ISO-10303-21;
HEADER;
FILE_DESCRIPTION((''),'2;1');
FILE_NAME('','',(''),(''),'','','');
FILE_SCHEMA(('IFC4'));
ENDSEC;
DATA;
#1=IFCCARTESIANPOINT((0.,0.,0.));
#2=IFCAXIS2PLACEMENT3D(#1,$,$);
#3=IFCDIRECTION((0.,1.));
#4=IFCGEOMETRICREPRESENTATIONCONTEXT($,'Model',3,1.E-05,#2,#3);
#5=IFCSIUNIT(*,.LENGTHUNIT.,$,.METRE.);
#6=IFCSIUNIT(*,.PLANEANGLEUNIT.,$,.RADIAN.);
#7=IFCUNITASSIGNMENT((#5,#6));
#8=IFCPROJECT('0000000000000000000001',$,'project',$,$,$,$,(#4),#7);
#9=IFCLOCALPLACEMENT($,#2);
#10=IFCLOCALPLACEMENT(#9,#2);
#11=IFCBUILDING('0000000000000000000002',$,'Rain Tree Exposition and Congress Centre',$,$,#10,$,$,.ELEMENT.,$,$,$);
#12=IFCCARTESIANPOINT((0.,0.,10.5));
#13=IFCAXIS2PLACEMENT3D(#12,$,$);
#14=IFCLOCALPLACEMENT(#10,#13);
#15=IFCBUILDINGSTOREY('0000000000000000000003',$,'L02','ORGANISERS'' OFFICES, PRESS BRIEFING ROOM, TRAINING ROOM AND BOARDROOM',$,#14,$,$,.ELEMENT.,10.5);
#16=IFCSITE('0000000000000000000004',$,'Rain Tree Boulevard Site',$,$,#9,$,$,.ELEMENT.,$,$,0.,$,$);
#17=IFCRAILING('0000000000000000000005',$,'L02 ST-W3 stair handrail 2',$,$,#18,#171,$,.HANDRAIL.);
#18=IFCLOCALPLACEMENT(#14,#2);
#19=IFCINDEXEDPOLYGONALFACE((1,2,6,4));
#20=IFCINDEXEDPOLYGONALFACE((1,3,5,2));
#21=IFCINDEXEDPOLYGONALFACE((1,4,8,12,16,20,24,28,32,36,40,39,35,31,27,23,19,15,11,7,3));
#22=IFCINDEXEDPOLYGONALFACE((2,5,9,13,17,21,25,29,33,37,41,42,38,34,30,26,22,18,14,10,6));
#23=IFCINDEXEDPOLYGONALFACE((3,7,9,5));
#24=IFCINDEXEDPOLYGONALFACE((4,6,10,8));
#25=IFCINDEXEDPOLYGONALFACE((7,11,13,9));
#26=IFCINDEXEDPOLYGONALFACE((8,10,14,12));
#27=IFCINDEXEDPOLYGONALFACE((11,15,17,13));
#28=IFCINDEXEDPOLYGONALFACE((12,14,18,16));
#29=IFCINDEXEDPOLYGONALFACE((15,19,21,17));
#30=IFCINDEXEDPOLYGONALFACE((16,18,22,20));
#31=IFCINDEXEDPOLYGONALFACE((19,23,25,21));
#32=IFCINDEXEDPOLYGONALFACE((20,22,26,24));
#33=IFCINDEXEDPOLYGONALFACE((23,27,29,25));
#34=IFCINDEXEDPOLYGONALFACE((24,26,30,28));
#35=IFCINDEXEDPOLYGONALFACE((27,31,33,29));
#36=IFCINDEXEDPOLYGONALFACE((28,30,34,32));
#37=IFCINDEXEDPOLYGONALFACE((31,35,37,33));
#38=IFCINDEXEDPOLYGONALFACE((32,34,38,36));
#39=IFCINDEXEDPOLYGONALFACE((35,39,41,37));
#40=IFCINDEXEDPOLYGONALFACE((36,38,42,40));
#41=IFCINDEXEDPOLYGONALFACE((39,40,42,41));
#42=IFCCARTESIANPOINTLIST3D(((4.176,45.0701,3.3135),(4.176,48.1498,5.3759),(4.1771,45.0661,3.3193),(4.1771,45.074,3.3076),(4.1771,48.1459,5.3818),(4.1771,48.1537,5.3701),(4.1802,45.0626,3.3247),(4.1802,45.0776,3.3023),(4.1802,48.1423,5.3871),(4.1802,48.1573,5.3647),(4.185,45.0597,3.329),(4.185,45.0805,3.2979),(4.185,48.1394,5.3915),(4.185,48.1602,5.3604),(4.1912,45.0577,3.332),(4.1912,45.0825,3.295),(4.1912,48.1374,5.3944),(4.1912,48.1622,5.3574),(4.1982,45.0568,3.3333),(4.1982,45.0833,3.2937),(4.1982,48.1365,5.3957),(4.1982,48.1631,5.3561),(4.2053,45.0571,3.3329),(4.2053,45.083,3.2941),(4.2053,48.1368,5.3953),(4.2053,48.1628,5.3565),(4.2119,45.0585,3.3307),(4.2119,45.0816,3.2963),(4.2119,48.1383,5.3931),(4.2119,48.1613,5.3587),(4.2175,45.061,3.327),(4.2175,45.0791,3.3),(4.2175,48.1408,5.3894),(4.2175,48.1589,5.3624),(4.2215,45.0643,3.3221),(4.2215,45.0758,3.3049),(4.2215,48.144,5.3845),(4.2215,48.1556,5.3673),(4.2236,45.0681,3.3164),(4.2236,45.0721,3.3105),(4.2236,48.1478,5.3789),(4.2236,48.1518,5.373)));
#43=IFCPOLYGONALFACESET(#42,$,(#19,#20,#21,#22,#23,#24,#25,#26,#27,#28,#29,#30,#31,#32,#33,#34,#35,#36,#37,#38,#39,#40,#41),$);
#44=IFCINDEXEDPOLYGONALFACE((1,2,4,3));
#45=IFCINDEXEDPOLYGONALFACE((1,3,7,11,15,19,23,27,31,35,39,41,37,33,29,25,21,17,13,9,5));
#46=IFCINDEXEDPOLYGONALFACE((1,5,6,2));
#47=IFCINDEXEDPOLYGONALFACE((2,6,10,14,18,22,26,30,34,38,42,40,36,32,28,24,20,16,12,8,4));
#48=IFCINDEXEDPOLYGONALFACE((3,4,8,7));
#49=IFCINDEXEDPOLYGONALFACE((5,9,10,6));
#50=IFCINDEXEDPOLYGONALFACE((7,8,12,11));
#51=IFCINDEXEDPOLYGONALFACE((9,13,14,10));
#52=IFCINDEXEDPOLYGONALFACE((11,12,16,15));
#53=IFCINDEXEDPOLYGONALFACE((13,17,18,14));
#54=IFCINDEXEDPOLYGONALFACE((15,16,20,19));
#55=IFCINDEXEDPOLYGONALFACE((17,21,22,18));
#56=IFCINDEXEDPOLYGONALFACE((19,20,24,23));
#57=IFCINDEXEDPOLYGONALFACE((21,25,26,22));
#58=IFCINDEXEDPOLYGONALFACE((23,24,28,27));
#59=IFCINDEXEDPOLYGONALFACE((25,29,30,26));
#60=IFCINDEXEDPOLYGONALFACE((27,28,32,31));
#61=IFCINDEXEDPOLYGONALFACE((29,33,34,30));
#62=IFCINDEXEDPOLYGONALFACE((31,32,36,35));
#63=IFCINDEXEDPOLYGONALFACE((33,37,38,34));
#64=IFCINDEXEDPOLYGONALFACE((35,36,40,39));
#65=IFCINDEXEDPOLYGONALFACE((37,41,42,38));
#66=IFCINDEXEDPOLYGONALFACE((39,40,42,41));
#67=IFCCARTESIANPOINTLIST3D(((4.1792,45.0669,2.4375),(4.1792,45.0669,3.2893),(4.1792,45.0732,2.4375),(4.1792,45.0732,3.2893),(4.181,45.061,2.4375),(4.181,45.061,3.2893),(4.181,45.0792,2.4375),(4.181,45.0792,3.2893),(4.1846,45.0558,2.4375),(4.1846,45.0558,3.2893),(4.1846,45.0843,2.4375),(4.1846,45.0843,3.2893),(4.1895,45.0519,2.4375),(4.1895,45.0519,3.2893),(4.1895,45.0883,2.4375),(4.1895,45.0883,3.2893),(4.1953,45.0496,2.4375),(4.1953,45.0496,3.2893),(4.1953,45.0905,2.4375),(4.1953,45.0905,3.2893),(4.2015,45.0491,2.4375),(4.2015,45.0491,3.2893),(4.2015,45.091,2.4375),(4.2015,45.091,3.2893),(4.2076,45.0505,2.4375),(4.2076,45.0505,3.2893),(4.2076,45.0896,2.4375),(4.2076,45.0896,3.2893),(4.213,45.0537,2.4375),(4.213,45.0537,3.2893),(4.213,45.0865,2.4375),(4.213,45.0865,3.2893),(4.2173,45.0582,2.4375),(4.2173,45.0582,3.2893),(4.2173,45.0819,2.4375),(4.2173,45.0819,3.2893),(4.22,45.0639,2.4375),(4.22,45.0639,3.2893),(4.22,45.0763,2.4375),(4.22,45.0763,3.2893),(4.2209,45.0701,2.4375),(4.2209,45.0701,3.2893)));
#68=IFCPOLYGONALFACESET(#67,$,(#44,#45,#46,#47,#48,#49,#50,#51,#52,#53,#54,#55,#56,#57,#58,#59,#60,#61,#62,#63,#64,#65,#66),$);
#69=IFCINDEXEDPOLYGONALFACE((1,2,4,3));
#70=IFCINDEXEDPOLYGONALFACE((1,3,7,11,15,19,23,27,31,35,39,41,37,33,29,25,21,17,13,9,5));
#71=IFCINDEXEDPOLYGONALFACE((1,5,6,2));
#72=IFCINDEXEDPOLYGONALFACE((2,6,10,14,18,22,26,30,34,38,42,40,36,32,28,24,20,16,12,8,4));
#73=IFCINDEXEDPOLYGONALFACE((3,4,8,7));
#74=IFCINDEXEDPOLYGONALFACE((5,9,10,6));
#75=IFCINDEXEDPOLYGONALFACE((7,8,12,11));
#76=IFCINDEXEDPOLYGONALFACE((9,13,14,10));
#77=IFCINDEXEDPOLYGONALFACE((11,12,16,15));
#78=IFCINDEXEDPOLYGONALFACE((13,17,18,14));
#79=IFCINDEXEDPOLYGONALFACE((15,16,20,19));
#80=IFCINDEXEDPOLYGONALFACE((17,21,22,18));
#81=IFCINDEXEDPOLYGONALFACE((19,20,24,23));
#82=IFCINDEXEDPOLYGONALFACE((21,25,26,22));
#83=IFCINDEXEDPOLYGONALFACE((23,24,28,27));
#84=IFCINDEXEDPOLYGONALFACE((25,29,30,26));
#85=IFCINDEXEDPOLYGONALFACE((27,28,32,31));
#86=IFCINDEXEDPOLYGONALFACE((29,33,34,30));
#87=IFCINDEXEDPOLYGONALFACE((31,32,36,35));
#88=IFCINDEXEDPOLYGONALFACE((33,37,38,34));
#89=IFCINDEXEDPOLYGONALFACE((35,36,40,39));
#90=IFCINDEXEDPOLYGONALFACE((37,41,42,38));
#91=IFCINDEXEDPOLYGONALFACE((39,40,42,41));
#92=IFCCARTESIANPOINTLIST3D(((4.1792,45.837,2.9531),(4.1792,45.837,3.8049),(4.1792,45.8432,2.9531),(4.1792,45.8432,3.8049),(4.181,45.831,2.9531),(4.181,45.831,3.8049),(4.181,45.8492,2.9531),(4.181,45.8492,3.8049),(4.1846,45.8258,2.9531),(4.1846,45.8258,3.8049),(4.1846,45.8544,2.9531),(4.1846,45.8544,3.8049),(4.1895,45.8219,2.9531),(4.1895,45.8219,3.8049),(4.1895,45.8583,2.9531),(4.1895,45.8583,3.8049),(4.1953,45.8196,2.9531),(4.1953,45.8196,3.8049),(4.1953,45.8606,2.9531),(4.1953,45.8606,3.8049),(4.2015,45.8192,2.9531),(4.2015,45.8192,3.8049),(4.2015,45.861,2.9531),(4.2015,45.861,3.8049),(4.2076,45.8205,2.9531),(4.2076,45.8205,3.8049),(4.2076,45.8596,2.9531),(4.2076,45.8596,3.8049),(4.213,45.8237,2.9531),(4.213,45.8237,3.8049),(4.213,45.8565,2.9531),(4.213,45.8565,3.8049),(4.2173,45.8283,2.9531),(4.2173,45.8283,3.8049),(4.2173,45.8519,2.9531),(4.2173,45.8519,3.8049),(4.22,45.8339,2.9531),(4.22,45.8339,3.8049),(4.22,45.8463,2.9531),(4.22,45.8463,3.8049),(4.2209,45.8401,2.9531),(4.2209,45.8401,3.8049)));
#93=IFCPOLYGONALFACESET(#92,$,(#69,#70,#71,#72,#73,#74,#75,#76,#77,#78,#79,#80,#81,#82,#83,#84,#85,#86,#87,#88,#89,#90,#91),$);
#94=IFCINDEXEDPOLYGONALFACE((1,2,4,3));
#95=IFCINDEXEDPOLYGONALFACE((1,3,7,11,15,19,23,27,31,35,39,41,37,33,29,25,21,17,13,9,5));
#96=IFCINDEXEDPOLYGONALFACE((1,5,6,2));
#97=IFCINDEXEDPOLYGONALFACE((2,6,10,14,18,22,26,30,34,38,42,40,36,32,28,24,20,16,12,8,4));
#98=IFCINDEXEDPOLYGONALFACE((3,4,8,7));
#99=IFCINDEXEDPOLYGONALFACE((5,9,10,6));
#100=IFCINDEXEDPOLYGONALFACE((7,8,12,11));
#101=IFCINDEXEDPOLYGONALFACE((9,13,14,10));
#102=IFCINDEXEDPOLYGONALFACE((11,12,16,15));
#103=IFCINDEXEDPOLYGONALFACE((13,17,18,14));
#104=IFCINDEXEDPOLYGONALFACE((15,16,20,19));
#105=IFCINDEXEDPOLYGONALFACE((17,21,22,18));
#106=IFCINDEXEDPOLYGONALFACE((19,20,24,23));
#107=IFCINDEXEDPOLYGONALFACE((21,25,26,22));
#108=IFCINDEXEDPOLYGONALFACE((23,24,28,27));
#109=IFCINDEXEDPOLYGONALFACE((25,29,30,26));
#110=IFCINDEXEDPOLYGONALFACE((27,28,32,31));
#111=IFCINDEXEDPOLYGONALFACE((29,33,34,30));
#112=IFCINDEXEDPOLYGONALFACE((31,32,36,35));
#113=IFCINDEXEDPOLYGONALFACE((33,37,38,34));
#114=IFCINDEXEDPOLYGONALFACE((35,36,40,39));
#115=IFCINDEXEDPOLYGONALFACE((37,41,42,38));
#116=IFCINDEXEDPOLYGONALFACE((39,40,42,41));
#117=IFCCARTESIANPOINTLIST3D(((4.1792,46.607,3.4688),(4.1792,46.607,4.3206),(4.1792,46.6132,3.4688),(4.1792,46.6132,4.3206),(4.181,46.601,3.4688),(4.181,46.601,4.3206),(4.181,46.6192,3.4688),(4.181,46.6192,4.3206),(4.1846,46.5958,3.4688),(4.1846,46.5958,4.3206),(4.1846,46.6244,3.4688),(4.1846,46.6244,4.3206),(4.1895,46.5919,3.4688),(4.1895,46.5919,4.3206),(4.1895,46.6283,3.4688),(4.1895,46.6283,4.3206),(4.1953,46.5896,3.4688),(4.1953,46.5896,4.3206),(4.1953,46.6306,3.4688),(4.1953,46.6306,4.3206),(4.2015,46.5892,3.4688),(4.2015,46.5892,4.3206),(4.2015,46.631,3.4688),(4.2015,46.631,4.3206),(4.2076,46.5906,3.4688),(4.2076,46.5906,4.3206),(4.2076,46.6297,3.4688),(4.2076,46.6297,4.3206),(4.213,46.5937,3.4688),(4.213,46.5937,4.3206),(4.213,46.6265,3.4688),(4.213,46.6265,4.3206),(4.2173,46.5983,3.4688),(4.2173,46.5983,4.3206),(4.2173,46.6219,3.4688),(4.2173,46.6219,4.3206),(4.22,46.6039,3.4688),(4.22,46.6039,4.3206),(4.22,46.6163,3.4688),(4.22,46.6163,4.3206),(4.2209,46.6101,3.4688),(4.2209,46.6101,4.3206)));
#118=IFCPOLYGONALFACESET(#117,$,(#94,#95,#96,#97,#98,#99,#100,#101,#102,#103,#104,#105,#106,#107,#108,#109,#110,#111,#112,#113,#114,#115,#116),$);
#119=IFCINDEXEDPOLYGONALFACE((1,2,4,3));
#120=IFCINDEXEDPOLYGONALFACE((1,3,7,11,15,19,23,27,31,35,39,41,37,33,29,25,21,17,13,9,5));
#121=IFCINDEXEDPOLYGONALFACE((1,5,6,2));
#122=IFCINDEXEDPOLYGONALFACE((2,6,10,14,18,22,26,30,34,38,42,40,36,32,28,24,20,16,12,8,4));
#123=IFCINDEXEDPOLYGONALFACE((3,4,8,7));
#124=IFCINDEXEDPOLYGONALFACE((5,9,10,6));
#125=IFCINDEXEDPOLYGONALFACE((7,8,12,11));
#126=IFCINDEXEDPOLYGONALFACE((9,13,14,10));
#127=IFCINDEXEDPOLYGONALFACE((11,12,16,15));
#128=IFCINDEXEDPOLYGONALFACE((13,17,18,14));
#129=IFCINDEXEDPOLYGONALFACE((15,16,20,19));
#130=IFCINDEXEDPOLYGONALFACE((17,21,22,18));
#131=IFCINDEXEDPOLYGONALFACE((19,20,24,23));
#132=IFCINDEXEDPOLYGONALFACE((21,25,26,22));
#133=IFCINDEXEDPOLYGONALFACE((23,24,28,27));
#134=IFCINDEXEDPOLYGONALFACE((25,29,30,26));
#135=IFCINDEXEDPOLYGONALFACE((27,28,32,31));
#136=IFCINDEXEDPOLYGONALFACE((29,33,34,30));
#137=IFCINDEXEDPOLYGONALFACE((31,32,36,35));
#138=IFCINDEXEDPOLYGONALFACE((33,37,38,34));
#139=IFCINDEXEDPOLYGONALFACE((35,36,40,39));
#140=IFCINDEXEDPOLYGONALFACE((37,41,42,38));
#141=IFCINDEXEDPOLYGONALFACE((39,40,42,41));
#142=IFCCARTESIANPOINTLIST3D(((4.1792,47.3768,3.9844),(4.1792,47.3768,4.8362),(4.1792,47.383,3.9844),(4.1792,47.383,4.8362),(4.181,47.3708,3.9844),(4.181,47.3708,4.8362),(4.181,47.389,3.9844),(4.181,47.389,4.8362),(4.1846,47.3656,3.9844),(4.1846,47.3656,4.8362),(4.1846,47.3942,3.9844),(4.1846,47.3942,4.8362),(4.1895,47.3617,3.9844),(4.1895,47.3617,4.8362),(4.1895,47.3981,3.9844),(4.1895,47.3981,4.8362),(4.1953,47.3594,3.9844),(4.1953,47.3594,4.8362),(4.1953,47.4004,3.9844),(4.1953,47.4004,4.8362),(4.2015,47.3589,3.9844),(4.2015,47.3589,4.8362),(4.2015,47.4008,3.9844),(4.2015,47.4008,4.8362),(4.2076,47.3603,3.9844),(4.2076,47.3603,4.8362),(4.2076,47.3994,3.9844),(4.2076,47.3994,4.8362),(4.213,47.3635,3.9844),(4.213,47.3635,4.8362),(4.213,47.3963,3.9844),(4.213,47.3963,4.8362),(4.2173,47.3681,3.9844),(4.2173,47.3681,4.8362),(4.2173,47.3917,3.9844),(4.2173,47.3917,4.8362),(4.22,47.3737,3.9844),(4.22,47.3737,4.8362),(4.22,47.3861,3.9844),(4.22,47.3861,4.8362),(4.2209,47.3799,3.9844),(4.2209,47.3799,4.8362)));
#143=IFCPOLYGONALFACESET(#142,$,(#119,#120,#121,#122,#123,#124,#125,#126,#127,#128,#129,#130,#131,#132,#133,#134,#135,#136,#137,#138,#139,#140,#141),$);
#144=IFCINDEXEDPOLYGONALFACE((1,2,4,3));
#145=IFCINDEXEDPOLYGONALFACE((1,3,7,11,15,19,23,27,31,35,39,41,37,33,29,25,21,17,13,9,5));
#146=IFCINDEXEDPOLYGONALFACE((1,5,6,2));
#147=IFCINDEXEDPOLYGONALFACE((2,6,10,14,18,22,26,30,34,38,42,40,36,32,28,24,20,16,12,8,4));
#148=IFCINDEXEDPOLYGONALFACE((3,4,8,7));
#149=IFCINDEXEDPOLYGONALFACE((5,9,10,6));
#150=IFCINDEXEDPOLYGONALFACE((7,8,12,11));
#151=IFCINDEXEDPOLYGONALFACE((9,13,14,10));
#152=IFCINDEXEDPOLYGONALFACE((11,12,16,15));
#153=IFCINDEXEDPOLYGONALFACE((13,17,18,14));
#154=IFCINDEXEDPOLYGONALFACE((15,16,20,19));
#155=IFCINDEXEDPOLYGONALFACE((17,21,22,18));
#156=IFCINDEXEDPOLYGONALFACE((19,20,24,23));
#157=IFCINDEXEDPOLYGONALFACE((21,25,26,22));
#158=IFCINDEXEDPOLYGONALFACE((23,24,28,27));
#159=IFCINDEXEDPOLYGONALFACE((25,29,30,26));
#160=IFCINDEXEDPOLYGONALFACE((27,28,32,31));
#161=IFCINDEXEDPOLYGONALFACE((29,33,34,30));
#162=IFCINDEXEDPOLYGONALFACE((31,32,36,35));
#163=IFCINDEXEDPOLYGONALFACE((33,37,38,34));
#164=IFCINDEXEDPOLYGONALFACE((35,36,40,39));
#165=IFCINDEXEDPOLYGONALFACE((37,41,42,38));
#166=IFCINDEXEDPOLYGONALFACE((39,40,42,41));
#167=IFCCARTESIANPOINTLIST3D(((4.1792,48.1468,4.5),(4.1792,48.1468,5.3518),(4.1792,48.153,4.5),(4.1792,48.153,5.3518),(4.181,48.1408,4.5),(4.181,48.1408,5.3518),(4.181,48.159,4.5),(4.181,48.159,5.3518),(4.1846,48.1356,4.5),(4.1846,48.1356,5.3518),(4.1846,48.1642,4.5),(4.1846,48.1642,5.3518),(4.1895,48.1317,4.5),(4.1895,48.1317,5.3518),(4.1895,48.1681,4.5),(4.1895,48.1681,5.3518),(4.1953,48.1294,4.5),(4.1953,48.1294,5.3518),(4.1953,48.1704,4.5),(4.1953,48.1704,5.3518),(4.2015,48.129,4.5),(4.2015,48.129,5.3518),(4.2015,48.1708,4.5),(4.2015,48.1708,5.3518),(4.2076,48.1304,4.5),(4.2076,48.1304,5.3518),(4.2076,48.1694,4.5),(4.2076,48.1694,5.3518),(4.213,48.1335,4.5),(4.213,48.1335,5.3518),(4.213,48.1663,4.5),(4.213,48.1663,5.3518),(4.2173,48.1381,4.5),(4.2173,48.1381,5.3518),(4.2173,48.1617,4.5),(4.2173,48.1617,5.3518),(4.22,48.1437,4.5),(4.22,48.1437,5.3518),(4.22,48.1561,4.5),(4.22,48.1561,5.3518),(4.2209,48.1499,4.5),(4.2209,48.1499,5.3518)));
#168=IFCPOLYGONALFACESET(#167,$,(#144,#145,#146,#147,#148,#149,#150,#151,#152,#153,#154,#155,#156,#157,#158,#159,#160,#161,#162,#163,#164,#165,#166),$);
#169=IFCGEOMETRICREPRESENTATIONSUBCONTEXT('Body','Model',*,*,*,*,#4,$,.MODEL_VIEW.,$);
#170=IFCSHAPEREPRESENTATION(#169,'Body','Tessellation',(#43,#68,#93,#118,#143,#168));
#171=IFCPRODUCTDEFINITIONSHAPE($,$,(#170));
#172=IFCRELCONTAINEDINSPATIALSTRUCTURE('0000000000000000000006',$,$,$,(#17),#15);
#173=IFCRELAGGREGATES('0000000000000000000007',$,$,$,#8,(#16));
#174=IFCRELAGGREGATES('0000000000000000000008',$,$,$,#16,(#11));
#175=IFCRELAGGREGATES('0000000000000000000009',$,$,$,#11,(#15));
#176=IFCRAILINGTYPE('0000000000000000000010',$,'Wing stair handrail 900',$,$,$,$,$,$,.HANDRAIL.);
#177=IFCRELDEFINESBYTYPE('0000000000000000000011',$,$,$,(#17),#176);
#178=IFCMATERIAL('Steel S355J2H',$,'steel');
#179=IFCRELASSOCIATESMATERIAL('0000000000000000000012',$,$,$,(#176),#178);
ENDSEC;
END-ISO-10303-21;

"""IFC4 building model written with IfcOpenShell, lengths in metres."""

from ifc_helpers import new_model, si_unit, direction, frame, origin, origin_2d, place, context, subcontext, project, spatial, circle, extrude, material, type_object, element, save


model = new_model("IFC4")

# Units and contexts
model_context = context("Model", 3, precision=1e-05, world=origin(), true_north=direction((0.0, 1.0)))
body_context = subcontext(model_context, "Body", "Model", "MODEL_VIEW")
ifc_project = project(units=[si_unit("LENGTHUNIT", "METRE"), si_unit("PLANEANGLEUNIT", "RADIAN")], contexts=[model_context])

# Site, building, storey
site_placement = place(None, origin())
site = spatial("IfcSite", under=ifc_project, at=site_placement, Name="Rain Tree Boulevard Site", CompositionType="ELEMENT", RefElevation=0.0)
building_placement = place(site_placement, origin())
building = spatial("IfcBuilding", under=site, at=building_placement, Name="Rain Tree Exposition and Congress Centre", CompositionType="ELEMENT")
storey_placement = place(building_placement, frame((0.0, 0.0, 10.5)))
storey = spatial("IfcBuildingStorey", under=building, at=storey_placement, Name="L02", Description="ORGANISERS' OFFICES, PRESS BRIEFING ROOM, TRAINING ROOM AND BOARDROOM", CompositionType="ELEMENT", Elevation=10.5)

# Railing
ifc_material_1 = material(Name="Steel S355J2H", Category="steel")
railing_type = type_object("IfcRailingType", Name="Wing stair handrail 900", PredefinedType="HANDRAIL", material=ifc_material_1)
railing_placement = place(storey_placement, frame((4.2, 45.0701, 2.4375)))
element("IfcRailing", 1, at=railing_placement, inside=storey, type_object=railing_type, Name="L02 ST-W3 stair handrail 2", PredefinedType="HANDRAIL", context=body_context, shape_type="SweptSolid", body=[
    extrude(circle(Radius=0.0239, at=origin_2d()), frame((0.0, 0.0, 0.876), z_axis=(0.0, 0.830893, 0.556432), x_axis=(-1.0, 0.0, 0.0)), (0.0, 0.0, 1.0), 3.7065),
    extrude(circle(Radius=0.021, at=origin_2d()), origin(), (0.0, 0.0, 1.0), 0.8518),
    extrude(circle(Radius=0.021, at=origin_2d()), frame((0.0, 0.77, 0.5156)), (0.0, 0.0, 1.0), 0.8518),
    extrude(circle(Radius=0.021, at=origin_2d()), frame((0.0, 1.54, 1.0312)), (0.0, 0.0, 1.0), 0.8518),
    extrude(circle(Radius=0.021, at=origin_2d()), frame((0.0, 2.3098, 1.5469)), (0.0, 0.0, 1.0), 0.8518),
    extrude(circle(Radius=0.021, at=origin_2d()), frame((0.0, 3.0798, 2.0625)), (0.0, 0.0, 1.0), 0.8518),
])

save(model, "model.ifc")
